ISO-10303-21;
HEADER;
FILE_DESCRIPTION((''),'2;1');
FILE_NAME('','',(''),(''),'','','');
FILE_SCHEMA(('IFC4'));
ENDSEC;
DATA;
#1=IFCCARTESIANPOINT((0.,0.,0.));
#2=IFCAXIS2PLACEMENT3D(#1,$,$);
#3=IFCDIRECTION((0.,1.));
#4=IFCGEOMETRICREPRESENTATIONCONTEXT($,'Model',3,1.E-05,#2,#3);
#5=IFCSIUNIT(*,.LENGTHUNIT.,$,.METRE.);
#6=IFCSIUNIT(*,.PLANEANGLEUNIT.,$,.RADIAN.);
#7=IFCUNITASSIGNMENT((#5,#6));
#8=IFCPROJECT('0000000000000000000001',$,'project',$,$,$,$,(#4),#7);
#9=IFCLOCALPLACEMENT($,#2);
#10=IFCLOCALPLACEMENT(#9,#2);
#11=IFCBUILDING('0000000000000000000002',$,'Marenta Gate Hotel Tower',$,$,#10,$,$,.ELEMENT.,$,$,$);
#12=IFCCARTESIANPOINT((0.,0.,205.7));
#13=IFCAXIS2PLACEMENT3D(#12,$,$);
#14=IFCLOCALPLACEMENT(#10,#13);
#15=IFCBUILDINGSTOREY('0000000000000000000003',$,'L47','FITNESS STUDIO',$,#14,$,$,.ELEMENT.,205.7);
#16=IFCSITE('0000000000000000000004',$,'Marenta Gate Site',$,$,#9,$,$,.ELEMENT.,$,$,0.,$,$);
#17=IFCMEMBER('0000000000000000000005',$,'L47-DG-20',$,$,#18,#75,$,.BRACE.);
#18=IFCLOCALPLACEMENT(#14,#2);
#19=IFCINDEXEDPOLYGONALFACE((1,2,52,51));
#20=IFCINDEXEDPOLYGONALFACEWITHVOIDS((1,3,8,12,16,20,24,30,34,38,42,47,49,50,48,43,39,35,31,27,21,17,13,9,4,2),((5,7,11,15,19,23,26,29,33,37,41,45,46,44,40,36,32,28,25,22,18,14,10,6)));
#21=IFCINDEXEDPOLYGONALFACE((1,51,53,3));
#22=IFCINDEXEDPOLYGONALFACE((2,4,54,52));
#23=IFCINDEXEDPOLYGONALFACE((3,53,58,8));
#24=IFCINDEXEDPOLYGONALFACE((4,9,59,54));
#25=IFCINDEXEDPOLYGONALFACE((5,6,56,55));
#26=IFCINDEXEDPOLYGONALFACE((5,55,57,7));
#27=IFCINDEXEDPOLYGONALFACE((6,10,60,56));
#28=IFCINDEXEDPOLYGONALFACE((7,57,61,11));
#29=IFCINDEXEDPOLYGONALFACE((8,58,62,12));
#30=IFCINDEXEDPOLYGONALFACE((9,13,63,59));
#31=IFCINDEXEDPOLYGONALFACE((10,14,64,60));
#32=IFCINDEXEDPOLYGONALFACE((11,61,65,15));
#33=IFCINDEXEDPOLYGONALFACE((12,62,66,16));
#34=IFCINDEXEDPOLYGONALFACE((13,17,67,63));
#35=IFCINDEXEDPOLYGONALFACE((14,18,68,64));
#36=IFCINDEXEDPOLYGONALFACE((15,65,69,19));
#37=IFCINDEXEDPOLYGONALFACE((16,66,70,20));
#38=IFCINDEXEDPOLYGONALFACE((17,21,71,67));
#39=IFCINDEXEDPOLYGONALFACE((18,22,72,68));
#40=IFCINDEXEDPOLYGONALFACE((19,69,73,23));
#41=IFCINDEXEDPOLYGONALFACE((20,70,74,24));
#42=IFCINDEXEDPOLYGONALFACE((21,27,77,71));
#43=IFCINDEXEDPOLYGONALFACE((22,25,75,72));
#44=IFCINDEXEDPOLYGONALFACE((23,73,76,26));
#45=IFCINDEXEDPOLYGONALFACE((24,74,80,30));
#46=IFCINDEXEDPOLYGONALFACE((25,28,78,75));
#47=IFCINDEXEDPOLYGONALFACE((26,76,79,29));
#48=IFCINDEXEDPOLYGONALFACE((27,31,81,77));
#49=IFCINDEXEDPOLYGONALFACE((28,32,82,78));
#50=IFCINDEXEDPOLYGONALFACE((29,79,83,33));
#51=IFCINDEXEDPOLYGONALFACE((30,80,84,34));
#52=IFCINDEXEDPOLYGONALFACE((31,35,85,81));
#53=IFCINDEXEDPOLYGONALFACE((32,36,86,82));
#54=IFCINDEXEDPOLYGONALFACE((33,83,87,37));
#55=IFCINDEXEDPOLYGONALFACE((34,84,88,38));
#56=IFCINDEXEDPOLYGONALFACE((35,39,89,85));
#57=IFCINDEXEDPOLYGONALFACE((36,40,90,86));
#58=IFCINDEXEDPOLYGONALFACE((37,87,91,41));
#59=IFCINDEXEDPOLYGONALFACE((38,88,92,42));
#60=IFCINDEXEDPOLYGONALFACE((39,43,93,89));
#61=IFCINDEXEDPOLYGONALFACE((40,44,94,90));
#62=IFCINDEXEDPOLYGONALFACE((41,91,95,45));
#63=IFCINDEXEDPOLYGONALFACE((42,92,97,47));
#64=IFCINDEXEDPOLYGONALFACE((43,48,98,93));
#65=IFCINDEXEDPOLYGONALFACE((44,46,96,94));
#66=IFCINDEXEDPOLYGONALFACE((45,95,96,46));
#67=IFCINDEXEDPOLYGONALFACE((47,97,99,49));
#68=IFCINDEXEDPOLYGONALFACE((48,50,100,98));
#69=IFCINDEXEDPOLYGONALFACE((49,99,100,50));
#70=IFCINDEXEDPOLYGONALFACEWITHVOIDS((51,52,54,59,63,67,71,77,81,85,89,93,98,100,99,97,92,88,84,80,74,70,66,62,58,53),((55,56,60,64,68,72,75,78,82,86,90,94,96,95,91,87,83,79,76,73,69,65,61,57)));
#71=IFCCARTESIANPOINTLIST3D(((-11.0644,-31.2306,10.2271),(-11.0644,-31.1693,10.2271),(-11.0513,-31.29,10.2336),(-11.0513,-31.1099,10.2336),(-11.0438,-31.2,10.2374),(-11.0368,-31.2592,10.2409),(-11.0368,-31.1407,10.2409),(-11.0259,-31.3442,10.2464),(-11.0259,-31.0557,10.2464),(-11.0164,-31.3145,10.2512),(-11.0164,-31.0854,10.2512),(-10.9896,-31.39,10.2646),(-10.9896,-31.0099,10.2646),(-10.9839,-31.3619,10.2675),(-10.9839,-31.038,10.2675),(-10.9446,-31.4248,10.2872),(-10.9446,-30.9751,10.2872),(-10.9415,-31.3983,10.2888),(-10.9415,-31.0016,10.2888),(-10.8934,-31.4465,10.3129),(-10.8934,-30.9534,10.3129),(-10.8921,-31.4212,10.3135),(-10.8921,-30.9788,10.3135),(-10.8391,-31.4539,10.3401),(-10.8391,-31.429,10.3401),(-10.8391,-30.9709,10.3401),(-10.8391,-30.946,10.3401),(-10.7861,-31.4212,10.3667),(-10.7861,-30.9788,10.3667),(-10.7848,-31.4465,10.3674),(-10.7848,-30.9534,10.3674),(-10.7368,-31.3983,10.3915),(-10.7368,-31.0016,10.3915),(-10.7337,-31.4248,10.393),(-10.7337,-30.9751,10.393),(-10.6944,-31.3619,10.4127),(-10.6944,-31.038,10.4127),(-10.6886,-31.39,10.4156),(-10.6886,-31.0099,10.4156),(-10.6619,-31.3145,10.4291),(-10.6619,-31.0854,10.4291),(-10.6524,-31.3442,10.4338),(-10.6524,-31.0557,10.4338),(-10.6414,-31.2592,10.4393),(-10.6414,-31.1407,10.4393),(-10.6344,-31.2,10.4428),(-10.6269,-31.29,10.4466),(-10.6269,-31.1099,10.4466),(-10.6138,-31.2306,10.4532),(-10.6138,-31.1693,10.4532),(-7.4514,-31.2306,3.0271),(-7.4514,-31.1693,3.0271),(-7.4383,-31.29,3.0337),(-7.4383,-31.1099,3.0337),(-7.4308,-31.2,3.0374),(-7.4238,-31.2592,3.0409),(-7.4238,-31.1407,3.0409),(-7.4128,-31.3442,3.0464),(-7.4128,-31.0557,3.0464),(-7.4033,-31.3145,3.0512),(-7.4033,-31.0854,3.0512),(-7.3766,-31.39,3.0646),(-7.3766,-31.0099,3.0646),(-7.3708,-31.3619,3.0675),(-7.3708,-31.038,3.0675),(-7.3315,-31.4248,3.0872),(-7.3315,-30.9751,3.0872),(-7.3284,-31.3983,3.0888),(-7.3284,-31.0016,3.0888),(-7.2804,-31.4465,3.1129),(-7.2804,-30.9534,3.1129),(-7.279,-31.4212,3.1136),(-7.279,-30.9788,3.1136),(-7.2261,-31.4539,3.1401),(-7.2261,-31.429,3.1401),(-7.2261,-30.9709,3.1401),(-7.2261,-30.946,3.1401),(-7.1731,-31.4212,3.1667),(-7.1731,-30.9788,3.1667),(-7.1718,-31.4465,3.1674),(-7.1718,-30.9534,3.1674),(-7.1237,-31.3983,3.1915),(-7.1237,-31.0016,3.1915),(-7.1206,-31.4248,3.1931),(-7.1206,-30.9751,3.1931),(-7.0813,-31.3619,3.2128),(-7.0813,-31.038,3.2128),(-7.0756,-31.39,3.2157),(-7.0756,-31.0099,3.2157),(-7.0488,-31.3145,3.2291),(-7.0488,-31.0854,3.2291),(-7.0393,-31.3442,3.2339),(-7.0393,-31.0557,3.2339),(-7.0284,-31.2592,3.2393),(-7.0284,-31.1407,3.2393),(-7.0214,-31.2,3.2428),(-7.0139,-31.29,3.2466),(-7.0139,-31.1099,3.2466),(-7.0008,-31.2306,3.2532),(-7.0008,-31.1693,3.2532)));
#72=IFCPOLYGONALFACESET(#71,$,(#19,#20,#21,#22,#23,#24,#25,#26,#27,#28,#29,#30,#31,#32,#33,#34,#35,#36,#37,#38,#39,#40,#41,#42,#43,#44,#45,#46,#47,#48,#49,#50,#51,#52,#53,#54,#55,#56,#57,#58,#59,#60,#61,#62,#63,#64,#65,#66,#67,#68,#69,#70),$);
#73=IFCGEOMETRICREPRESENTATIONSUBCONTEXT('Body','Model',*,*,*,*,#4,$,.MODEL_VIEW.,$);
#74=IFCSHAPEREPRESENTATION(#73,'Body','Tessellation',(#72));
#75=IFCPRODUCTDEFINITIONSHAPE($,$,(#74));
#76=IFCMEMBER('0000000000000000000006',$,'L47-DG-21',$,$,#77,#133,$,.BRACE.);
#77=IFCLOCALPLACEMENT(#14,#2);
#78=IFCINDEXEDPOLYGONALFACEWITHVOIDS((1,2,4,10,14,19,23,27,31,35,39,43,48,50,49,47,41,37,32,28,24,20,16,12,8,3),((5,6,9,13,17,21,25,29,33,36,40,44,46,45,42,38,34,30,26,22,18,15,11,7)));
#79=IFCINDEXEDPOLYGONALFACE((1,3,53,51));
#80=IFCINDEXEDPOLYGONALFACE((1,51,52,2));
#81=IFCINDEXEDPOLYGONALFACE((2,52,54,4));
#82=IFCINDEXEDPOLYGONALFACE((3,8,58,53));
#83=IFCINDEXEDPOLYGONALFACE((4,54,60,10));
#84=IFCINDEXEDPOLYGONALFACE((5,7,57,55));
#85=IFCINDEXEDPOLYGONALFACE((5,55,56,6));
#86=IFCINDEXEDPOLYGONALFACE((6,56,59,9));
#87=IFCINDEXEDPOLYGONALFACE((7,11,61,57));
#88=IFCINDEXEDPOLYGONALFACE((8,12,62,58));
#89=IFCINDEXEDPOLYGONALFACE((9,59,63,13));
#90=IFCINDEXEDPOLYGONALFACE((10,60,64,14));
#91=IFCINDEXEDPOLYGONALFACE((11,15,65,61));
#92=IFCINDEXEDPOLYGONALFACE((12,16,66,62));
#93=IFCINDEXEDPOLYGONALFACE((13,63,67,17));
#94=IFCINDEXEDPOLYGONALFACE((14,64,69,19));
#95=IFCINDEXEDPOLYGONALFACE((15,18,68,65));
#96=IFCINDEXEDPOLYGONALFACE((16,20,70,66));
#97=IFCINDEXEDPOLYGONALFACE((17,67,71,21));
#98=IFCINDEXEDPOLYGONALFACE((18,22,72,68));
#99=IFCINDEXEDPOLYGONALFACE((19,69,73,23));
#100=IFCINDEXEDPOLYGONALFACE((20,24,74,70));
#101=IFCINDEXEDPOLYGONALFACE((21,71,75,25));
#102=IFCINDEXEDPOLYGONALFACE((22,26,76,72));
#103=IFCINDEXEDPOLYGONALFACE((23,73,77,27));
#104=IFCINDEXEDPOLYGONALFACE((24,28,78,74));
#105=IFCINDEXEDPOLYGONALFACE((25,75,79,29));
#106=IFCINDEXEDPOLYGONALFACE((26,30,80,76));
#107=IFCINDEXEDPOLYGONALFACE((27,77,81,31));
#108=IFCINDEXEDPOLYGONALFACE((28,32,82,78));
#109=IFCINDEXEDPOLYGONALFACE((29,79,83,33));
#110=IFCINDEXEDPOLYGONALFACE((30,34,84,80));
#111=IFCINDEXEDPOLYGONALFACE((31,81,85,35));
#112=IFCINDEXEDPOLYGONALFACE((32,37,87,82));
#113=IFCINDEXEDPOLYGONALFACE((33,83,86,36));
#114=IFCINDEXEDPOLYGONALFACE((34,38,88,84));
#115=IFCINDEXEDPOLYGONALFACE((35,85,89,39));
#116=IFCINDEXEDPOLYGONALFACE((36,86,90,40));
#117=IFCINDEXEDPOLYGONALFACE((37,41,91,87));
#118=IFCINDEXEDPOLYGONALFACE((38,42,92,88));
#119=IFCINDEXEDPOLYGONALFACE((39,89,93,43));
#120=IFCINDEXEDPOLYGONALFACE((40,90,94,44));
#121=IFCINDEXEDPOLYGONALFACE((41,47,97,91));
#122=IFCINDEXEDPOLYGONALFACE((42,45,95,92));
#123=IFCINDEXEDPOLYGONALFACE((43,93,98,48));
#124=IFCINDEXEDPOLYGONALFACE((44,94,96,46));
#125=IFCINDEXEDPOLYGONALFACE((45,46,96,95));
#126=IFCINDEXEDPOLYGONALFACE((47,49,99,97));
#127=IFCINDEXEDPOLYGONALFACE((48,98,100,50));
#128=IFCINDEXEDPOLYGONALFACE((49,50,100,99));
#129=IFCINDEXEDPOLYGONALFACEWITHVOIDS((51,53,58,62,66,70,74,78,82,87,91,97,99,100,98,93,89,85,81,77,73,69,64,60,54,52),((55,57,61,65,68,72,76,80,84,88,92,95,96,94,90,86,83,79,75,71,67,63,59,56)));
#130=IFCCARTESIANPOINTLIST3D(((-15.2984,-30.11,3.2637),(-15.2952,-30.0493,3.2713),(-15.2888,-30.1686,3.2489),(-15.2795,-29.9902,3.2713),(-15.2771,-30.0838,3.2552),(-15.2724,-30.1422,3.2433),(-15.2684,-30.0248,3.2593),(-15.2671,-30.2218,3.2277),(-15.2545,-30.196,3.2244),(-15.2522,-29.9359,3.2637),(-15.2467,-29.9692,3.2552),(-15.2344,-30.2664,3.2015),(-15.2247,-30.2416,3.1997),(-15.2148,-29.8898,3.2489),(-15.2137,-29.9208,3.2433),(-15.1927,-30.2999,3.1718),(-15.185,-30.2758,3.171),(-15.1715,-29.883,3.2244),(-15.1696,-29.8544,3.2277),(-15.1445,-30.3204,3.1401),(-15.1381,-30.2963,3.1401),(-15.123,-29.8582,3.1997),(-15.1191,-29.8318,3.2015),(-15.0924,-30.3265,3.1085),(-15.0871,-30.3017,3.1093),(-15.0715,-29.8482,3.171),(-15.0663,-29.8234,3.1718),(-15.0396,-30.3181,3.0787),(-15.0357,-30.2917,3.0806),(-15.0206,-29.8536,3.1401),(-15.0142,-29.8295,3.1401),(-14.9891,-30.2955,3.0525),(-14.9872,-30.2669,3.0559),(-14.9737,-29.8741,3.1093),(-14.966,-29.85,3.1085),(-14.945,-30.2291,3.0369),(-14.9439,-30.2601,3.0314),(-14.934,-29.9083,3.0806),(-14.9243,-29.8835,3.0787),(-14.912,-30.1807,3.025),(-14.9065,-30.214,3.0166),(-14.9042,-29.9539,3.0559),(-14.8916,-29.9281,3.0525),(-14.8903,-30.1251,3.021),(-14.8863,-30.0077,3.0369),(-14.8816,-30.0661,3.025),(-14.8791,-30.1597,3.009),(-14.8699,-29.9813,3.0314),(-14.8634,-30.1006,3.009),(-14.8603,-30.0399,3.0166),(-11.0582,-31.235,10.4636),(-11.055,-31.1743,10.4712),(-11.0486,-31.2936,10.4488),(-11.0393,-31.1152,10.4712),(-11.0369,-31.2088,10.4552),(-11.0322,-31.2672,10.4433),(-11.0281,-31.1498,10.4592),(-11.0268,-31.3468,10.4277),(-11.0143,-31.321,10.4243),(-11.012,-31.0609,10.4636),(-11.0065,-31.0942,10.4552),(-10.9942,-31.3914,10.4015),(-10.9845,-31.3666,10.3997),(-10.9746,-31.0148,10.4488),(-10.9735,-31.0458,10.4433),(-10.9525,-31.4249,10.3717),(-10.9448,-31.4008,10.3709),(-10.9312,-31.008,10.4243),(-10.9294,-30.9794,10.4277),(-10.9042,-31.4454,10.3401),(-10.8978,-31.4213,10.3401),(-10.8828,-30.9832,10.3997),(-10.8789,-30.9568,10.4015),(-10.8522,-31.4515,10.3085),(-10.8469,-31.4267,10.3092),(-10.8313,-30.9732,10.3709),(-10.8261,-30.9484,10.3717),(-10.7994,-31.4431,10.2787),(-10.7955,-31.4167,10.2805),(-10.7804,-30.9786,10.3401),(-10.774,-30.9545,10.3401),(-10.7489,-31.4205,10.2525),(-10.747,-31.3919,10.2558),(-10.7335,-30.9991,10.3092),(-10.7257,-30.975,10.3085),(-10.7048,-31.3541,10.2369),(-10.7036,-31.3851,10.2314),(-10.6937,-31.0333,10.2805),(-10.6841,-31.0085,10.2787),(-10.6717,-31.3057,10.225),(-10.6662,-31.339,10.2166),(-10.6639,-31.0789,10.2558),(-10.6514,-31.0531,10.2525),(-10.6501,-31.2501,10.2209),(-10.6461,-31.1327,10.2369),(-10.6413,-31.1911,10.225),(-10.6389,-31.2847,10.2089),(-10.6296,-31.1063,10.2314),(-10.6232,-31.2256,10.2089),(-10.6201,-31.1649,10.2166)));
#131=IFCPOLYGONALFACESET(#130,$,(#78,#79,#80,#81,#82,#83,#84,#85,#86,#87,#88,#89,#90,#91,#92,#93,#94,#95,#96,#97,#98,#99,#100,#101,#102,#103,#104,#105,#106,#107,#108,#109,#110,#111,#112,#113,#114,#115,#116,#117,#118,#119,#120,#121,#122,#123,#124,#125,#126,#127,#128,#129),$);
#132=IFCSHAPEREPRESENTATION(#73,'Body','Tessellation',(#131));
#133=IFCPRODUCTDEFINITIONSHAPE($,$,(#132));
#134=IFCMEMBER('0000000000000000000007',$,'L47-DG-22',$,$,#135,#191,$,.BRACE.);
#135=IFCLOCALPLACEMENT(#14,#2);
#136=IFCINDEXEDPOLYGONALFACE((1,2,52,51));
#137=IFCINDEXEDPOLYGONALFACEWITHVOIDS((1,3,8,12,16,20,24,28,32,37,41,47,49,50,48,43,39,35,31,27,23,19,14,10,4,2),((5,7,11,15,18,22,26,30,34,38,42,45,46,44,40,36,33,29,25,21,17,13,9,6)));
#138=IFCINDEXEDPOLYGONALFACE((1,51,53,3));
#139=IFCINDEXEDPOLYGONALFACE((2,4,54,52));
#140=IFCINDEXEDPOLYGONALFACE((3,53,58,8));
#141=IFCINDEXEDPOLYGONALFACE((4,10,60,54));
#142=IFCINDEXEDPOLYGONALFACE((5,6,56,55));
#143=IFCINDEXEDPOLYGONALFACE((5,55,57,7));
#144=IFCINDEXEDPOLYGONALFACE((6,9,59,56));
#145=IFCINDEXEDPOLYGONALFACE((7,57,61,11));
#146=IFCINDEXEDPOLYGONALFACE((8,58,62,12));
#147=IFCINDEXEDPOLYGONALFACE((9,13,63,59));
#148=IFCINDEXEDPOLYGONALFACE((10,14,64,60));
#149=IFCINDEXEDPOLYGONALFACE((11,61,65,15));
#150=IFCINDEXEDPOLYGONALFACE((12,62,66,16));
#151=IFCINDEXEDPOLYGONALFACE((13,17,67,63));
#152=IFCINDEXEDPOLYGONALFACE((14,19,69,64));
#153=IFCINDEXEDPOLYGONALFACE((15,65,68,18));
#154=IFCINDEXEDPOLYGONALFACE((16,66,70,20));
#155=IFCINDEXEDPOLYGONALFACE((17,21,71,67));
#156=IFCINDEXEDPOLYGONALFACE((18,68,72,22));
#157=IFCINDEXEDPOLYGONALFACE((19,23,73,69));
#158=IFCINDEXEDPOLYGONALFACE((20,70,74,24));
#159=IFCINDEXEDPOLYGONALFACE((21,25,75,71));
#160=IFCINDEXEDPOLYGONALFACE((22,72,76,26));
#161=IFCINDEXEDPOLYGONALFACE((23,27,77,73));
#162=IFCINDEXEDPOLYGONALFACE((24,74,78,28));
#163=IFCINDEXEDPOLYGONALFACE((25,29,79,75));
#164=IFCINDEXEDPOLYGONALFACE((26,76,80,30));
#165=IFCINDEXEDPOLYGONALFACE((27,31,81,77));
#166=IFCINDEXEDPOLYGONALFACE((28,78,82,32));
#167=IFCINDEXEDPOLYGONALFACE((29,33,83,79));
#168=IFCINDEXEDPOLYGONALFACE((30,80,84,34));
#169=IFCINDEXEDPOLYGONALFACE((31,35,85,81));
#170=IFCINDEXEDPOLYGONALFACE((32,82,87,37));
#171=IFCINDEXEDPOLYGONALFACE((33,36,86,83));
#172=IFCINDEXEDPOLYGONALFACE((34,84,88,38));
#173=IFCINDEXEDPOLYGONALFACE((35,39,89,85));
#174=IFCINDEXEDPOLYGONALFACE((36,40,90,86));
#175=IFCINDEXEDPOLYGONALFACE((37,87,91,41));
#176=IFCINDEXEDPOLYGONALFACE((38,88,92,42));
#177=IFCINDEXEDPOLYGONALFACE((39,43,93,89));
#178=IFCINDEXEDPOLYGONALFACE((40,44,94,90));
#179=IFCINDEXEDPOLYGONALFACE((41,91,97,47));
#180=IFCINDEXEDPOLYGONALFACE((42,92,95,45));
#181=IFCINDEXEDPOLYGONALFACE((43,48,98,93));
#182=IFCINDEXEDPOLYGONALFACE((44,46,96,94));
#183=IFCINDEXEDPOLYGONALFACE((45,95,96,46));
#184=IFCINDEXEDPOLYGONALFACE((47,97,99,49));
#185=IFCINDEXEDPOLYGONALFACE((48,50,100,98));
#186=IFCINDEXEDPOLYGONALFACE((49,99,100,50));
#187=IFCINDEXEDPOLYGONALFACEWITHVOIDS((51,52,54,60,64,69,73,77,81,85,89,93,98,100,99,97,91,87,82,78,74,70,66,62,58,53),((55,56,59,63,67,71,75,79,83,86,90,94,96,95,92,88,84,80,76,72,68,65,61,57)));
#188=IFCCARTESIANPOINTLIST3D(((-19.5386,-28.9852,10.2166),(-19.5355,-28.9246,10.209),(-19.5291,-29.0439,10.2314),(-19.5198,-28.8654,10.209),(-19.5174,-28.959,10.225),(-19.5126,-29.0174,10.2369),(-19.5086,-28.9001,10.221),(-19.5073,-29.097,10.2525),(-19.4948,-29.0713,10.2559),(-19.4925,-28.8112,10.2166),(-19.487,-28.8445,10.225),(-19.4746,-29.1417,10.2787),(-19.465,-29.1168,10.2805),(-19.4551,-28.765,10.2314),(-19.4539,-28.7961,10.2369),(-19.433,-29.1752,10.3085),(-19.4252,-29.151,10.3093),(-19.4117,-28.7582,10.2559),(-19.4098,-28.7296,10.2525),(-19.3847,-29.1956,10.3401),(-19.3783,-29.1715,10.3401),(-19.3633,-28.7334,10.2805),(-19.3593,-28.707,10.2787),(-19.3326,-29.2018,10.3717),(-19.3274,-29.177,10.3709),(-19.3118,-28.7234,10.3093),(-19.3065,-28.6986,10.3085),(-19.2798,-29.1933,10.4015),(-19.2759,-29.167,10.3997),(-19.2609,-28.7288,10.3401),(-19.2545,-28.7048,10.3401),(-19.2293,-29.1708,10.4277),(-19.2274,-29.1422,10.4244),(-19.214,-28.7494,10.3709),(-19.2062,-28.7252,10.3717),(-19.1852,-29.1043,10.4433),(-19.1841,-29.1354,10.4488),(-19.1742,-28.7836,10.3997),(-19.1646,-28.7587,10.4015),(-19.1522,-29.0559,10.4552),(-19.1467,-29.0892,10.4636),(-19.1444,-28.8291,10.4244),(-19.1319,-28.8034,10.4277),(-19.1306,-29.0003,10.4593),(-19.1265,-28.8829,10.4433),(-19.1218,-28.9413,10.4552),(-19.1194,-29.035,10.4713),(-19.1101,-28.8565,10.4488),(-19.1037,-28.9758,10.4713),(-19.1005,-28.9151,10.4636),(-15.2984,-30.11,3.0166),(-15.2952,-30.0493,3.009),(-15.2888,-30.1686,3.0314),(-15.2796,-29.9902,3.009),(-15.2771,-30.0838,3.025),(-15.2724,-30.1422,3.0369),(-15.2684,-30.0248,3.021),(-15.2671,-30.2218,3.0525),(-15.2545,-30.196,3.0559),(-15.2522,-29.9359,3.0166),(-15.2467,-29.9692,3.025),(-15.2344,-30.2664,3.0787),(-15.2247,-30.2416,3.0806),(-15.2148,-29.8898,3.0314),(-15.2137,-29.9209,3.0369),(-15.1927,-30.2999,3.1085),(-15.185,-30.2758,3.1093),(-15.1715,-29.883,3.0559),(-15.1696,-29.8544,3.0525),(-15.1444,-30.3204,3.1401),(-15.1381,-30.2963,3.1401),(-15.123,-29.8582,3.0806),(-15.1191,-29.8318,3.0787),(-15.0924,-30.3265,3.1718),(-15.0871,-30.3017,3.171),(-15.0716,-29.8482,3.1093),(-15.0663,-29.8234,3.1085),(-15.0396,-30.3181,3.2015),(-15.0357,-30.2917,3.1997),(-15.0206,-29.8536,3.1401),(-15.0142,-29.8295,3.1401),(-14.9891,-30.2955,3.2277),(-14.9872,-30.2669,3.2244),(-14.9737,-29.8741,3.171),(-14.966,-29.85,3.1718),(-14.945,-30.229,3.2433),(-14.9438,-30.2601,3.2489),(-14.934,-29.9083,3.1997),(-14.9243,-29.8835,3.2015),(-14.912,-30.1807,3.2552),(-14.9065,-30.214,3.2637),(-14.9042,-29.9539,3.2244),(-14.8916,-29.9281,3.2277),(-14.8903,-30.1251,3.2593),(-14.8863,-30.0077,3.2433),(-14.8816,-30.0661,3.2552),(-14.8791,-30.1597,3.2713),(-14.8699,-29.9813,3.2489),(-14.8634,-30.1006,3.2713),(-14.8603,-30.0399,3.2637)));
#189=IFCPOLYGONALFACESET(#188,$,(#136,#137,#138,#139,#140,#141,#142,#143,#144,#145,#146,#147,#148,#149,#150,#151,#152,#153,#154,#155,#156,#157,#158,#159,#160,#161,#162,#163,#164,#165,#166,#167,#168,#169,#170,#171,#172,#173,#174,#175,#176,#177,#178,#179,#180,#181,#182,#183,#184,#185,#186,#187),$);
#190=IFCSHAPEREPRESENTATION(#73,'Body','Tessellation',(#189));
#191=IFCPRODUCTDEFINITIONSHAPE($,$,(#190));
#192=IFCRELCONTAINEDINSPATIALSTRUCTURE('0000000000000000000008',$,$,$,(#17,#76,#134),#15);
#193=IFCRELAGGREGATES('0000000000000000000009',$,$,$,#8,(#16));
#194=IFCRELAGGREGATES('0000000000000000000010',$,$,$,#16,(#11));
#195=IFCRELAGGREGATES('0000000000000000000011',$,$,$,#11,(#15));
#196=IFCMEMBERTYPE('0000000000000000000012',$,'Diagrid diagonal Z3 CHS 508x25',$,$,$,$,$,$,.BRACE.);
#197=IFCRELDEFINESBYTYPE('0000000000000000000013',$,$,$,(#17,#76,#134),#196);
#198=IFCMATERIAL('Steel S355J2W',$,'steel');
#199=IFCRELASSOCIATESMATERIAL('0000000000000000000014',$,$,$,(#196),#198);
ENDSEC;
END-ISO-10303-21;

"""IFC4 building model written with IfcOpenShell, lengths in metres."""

from ifc_helpers import new_model, si_unit, direction, frame, origin, origin_2d, place, context, subcontext, project, spatial, hollow_circle, extrude, material, material_profile, profile_set, type_object, element, save


model = new_model("IFC4")

# Units and contexts
model_context = context("Model", 3, precision=1e-05, world=origin(), true_north=direction((0.0, 1.0)))
body_context = subcontext(model_context, "Body", "Model", "MODEL_VIEW")
ifc_project = project(units=[si_unit("LENGTHUNIT", "METRE"), si_unit("PLANEANGLEUNIT", "RADIAN")], contexts=[model_context])

# Site, building, storey
site_placement = place(None, origin())
site = spatial("IfcSite", under=ifc_project, at=site_placement, Name="Marenta Gate Site", CompositionType="ELEMENT", RefElevation=0.0)
building_placement = place(site_placement, origin())
building = spatial("IfcBuilding", under=site, at=building_placement, Name="Marenta Gate Hotel Tower", CompositionType="ELEMENT")
storey_placement = place(building_placement, frame((0.0, 0.0, 205.7)))
storey = spatial("IfcBuildingStorey", under=building, at=storey_placement, Name="L47", Description="FITNESS STUDIO", CompositionType="ELEMENT", Elevation=205.7)

# Members
ifc_material_1 = material(Name="Steel S355J2W", Category="steel")
ifc_material_profile_1 = material_profile(ifc_material_1, hollow_circle(Radius=0.2539, WallThickness=0.0249, at=origin_2d()), Name="CHS 508x25")
ifc_profile_set_1 = profile_set([ifc_material_profile_1], Name="Steel S355J2W")
member_type_1 = type_object("IfcMemberType", Name="Diagrid diagonal Z3 CHS 508x25", PredefinedType="BRACE", material=ifc_profile_set_1)
for number, where, z_axis, x_axis, name in (
    (1, (-7.2261, -31.2, 3.1401), (-0.44851, 0.0, 0.893778), (0.0, -1.0, 0.0), "L47-DG-20"),
):
    element("IfcMember", number, at=place(storey_placement, frame(where, z_axis=z_axis, x_axis=x_axis)), inside=storey, type_object=member_type_1, Name=name, PredefinedType="BRACE", context=body_context, shape_type="SweptSolid", body=[
        extrude(hollow_circle(Radius=0.2539, WallThickness=0.0249, at=origin_2d()), origin(), (0.0, 0.0, 1.0), 8.0557),
    ])
for number, where, z_axis, x_axis, name in (
    (2, (-15.0793, -30.075, 3.1401), (0.502924, -0.133434, 0.853969), (0.256443, 0.966559, 0.0), "L47-DG-21"),
    (3, (-15.0793, -30.075, 3.1401), (-0.502926, 0.133405, 0.853972), (-0.256391, -0.966573, 0.0), "L47-DG-22"),
):
    element("IfcMember", number, at=place(storey_placement, frame(where, z_axis=z_axis, x_axis=x_axis)), inside=storey, type_object=member_type_1, Name=name, PredefinedType="BRACE", context=body_context, shape_type="SweptSolid", body=[
        extrude(hollow_circle(Radius=0.2539, WallThickness=0.0249, at=origin_2d()), origin(), (0.0, 0.0, 1.0), 8.4312),
    ])

save(model, "model.ifc")
